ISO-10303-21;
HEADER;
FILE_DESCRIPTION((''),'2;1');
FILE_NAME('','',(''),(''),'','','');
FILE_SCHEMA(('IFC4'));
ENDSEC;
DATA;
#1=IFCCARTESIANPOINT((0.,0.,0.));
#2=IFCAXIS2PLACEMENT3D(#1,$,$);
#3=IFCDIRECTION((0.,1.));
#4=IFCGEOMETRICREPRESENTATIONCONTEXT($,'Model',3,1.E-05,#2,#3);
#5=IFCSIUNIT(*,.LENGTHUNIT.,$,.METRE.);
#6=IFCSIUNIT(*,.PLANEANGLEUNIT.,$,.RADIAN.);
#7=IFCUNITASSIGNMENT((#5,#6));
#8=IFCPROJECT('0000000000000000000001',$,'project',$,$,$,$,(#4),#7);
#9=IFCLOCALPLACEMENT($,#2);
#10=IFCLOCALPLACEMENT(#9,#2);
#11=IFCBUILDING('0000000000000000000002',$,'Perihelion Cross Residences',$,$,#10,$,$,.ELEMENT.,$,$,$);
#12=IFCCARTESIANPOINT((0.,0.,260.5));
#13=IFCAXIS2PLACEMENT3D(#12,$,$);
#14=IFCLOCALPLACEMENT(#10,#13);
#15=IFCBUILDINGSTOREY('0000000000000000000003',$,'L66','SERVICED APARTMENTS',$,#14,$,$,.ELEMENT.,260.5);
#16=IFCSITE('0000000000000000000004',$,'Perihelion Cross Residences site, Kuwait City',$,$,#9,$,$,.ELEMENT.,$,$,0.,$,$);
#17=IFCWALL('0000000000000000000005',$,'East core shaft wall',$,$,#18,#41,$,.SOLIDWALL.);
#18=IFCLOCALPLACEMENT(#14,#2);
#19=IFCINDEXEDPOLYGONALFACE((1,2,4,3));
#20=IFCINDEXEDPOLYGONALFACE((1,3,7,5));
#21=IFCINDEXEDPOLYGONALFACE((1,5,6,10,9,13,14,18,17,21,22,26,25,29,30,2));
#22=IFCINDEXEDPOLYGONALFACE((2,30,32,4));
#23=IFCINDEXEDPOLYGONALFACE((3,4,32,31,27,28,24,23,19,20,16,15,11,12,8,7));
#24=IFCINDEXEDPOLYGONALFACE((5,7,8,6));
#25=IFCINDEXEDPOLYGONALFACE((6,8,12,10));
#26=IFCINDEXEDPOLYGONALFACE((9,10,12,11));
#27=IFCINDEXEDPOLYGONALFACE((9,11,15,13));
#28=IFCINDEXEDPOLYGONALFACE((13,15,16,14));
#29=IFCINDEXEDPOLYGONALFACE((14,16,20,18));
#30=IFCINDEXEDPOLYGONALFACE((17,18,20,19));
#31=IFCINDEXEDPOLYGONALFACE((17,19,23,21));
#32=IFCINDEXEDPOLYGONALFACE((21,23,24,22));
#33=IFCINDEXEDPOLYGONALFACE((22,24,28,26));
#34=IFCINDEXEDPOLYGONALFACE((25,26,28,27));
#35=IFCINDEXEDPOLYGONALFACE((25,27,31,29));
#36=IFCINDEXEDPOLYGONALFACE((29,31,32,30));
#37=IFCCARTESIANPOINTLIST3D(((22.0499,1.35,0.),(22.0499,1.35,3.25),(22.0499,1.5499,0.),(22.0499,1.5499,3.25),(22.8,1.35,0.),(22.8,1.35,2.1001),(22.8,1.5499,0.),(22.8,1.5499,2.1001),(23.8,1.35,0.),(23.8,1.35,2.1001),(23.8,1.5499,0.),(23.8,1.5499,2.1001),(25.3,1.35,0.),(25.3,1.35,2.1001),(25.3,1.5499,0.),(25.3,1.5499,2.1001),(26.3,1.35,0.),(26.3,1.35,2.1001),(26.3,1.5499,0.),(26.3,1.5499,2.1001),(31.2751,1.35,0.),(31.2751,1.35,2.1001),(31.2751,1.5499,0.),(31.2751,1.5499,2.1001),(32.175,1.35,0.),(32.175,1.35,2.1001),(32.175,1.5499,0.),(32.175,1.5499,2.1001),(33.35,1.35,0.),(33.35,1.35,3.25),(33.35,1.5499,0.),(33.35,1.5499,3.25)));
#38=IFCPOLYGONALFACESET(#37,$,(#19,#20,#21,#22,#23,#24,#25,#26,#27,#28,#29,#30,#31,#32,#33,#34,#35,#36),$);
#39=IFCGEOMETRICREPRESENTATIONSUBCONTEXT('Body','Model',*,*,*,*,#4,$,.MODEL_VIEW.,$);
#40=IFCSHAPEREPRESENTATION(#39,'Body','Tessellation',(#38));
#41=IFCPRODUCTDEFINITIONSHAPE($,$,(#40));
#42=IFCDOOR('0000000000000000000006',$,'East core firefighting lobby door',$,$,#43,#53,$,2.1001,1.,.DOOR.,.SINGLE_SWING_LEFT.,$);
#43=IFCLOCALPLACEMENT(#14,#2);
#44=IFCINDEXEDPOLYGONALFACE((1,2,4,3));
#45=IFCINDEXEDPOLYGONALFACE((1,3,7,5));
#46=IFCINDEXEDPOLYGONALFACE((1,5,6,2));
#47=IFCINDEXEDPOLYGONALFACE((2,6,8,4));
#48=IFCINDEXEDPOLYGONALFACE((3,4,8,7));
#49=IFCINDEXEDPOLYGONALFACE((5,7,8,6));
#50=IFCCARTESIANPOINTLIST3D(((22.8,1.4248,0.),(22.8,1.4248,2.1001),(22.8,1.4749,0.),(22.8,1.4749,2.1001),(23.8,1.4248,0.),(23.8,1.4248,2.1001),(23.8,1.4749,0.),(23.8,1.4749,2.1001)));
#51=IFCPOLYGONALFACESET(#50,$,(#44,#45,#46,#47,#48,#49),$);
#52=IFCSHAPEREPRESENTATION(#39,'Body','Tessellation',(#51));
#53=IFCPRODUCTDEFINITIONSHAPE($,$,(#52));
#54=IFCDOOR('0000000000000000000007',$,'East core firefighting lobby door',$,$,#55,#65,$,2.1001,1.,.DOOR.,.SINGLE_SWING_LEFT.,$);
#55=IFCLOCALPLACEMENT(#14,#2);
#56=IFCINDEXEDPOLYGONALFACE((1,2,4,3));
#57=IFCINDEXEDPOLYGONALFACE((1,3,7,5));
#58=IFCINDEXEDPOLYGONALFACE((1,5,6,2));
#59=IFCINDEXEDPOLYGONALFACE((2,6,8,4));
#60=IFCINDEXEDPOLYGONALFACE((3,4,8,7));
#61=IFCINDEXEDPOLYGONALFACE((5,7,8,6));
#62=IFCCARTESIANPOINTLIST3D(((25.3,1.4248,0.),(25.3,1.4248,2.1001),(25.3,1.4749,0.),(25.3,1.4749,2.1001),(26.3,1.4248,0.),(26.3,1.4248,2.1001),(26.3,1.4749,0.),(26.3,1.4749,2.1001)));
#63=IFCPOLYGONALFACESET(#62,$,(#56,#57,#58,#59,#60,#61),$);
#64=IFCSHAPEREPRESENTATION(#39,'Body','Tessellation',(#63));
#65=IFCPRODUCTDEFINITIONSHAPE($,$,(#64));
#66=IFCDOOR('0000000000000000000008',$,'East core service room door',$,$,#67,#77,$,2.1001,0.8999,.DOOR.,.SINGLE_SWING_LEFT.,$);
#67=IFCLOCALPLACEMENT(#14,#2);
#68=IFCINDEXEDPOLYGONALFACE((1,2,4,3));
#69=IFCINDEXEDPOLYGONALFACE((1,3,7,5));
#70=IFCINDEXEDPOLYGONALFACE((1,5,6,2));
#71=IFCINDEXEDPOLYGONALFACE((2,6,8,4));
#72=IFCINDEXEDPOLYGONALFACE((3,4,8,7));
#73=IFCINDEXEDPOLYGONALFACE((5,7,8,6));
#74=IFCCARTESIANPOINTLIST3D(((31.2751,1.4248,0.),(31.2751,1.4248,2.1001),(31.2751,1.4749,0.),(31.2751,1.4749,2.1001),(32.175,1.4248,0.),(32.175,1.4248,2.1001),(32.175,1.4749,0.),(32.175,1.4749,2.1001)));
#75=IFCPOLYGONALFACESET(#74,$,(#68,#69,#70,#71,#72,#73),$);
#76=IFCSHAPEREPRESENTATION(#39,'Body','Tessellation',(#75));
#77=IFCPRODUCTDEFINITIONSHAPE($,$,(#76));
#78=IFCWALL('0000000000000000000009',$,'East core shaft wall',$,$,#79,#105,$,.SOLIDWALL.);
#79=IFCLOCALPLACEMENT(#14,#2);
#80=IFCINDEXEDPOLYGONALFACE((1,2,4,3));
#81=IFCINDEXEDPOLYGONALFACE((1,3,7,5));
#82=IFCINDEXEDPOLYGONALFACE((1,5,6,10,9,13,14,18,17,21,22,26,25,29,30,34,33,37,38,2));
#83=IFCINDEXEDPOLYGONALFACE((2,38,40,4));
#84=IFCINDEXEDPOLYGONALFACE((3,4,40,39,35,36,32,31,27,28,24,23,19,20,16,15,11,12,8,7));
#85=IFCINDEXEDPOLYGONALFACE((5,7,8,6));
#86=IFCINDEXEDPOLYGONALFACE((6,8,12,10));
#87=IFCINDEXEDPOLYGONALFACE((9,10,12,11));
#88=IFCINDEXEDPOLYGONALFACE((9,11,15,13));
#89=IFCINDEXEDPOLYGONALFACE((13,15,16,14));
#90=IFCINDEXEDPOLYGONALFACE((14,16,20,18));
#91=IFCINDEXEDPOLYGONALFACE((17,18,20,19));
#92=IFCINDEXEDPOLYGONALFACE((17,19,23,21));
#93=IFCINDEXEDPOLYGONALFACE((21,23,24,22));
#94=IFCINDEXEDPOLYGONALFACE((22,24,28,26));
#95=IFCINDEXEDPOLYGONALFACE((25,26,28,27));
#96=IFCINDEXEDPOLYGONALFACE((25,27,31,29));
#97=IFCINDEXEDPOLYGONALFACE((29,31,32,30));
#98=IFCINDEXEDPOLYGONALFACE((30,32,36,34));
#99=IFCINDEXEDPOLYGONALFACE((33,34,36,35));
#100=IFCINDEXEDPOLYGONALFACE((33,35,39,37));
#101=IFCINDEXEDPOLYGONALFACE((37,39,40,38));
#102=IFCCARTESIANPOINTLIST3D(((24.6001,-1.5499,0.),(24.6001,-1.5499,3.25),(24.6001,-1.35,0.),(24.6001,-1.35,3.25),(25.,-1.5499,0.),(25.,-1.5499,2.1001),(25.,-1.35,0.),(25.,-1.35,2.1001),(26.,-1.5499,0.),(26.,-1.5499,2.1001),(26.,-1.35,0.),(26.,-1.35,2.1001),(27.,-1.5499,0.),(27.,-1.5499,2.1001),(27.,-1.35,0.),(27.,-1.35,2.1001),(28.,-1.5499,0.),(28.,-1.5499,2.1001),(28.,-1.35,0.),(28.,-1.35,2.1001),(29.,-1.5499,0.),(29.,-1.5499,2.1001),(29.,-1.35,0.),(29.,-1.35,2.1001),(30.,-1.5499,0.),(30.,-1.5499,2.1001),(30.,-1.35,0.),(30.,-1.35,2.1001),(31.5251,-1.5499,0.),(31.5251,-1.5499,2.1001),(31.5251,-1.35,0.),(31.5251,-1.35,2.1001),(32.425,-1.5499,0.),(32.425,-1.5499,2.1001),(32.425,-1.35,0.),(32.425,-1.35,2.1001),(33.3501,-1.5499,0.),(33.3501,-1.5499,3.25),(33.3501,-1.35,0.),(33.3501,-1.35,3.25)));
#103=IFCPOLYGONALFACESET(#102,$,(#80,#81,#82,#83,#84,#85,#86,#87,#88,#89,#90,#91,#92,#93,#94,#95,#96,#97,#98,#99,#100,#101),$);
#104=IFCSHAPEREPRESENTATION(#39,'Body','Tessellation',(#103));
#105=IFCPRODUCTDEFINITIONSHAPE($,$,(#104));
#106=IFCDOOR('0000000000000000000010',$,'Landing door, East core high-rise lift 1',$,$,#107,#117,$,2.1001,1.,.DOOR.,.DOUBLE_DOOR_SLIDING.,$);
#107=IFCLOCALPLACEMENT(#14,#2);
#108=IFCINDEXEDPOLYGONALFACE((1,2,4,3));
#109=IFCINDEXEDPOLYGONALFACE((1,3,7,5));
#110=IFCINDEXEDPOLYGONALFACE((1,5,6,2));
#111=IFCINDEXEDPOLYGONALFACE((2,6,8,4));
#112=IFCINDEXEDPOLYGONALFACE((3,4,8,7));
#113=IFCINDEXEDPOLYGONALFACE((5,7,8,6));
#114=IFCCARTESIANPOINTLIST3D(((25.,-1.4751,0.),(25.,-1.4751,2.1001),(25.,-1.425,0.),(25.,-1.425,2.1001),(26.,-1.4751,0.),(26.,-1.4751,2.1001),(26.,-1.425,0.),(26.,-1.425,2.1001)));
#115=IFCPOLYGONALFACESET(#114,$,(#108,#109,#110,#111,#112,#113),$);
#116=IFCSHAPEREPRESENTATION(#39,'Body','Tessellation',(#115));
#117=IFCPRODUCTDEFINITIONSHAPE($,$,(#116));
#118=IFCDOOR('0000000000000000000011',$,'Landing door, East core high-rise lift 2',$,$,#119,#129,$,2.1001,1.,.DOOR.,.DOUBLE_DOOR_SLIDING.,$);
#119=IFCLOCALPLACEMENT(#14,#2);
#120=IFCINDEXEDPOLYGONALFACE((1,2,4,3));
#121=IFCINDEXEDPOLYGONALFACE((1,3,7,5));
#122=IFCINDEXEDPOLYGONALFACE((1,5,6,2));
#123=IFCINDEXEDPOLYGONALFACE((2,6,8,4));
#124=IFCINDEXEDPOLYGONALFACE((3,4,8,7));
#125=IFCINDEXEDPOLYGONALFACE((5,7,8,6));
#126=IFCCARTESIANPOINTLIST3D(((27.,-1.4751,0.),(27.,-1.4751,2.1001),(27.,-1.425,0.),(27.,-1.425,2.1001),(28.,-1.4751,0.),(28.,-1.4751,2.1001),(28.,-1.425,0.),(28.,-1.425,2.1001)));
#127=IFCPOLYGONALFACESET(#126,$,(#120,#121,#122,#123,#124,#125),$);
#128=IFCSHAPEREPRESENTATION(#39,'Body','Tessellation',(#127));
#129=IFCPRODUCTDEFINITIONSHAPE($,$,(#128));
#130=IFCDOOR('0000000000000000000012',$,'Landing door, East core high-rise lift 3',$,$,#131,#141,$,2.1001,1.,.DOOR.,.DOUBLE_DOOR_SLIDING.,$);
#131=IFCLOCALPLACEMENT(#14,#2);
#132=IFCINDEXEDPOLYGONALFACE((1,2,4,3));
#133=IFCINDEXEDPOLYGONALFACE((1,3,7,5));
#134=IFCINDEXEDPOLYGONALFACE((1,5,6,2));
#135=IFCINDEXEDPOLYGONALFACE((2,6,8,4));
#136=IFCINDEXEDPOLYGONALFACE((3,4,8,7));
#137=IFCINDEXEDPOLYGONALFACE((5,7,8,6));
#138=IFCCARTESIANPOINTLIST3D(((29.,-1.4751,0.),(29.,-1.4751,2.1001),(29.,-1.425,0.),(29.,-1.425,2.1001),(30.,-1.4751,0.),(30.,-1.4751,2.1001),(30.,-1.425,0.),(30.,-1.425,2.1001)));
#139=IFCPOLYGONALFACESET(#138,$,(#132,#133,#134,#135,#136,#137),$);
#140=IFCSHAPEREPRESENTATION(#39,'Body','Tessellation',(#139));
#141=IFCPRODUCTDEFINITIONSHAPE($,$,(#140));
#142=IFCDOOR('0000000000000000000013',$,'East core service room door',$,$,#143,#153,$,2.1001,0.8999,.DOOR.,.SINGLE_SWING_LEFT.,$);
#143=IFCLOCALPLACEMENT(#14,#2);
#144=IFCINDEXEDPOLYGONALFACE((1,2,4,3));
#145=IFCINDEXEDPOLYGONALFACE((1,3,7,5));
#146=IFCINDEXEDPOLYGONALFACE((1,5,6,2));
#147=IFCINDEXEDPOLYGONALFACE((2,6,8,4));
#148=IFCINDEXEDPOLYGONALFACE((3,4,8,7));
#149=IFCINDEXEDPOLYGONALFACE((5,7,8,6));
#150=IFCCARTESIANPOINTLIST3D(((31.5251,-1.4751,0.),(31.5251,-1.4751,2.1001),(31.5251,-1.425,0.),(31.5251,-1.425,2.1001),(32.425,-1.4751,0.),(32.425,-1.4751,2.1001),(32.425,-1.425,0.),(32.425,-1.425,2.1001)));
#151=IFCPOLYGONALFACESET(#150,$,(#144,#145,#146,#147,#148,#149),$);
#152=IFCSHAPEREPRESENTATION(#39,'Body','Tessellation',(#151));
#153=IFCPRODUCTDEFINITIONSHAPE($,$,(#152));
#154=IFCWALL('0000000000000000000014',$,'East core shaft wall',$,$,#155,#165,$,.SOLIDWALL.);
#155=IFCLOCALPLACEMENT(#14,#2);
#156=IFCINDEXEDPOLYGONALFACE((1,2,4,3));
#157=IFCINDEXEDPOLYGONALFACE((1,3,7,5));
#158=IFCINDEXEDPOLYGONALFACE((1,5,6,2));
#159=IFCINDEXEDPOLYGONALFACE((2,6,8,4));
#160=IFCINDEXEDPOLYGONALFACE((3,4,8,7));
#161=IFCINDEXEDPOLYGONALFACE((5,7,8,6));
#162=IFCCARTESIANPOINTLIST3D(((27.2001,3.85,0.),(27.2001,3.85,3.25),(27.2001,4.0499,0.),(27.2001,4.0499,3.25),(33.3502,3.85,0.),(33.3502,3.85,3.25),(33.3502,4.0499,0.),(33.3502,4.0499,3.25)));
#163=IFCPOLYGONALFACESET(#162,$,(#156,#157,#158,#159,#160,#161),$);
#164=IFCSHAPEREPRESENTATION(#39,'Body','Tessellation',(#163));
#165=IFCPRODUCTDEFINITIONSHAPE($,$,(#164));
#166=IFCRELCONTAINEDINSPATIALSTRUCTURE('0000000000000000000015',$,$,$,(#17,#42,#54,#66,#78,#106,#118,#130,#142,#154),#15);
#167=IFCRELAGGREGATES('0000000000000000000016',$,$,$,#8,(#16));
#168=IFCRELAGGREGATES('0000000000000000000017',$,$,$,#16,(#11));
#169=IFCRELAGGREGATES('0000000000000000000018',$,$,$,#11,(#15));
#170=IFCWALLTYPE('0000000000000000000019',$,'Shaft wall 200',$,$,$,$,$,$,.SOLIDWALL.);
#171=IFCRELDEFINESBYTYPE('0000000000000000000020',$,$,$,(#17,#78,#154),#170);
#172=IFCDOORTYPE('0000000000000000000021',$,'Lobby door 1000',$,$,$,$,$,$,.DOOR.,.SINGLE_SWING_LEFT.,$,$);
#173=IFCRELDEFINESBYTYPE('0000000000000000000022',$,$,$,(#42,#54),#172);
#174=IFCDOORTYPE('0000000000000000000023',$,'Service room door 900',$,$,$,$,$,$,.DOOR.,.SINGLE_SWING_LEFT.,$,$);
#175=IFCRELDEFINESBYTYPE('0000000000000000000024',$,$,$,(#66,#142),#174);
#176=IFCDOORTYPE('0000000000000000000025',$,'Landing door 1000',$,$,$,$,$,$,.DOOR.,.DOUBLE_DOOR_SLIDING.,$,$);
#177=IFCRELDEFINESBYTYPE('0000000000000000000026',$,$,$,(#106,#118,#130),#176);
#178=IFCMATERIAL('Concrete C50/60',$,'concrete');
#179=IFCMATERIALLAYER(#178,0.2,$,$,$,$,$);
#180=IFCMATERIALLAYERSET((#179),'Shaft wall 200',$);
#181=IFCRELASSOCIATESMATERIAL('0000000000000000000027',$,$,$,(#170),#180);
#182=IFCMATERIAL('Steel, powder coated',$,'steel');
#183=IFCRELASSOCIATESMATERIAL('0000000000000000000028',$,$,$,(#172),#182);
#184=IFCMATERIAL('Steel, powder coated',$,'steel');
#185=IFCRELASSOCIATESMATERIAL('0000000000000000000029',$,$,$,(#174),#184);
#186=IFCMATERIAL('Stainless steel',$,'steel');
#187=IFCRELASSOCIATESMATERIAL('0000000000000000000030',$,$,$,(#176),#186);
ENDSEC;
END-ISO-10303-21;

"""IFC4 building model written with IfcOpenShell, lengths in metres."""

from ifc_helpers import new_model, si_unit, direction, frame, frame_2d, origin, place, context, subcontext, project, spatial, rectangle, extrude, material, layer, layer_set, type_object, element, fill, save


model = new_model("IFC4")

# Units and contexts
model_context = context("Model", 3, precision=1e-05, world=origin(), true_north=direction((0.0, 1.0)))
body_context = subcontext(model_context, "Body", "Model", "MODEL_VIEW")
ifc_project = project(units=[si_unit("LENGTHUNIT", "METRE"), si_unit("PLANEANGLEUNIT", "RADIAN")], contexts=[model_context])

# Site, building, storey
site_placement = place(None, origin())
site = spatial("IfcSite", under=ifc_project, at=site_placement, Name="Perihelion Cross Residences site, Kuwait City", CompositionType="ELEMENT", RefElevation=0.0)
building_placement = place(site_placement, origin())
building = spatial("IfcBuilding", under=site, at=building_placement, Name="Perihelion Cross Residences", CompositionType="ELEMENT")
storey_placement = place(building_placement, frame((0.0, 0.0, 260.5)))
storey = spatial("IfcBuildingStorey", under=building, at=storey_placement, Name="L66", Description="SERVICED APARTMENTS", CompositionType="ELEMENT", Elevation=260.5)

# Walls, openings, doors
ifc_material_1 = material(Name="Concrete C50/60", Category="concrete")
ifc_layer_1 = layer(ifc_material_1, 0.2)
ifc_layer_set_1 = layer_set([ifc_layer_1], Name="Shaft wall 200")
wall_type_1 = type_object("IfcWallType", Name="Shaft wall 200", PredefinedType="SOLIDWALL", material=ifc_layer_set_1)
wall_1_placement = place(storey_placement, frame((22.05, 1.45, 0.0), z_axis=(0.0, 0.0, 1.0), x_axis=(1.0, 0.0, 0.0)))
wall_1 = element("IfcWall", 1, at=wall_1_placement, inside=storey, type_object=wall_type_1, Name="East core shaft wall", PredefinedType="SOLIDWALL", context=body_context, shape_type="SweptSolid", body=[
    extrude(rectangle(XDim=11.3, YDim=0.2, at=frame_2d((5.6499, 0.0))), origin(), (0.0, 0.0, 1.0), 3.25),
])
opening_1_placement = place(wall_1_placement, frame((0.75, 0.0, 0.0)))
opening_1 = element("IfcOpeningElement", 2, at=opening_1_placement, cuts=wall_1, PredefinedType="OPENING", context=body_context, shape_type="SweptSolid", body=[
    extrude(rectangle(XDim=1.0, YDim=2.1001, at=frame_2d((0.5, 1.05))), frame((0.0, 0.1099, 0.0), z_axis=(0.0, -1.0, 0.0), x_axis=(1.0, 0.0, 0.0)), (0.0, 0.0, 1.0), 0.22),
])
opening_2_placement = place(wall_1_placement, frame((3.25, 0.0, 0.0)))
opening_2 = element("IfcOpeningElement", 3, at=opening_2_placement, cuts=wall_1, PredefinedType="OPENING", context=body_context, shape_type="SweptSolid", body=[
    extrude(rectangle(XDim=1.0, YDim=2.1001, at=frame_2d((0.5, 1.05))), frame((0.0, 0.1099, 0.0), z_axis=(0.0, -1.0, 0.0), x_axis=(1.0, 0.0, 0.0)), (0.0, 0.0, 1.0), 0.22),
])
opening_3_placement = place(wall_1_placement, frame((9.2251, 0.0, 0.0)))
opening_3 = element("IfcOpeningElement", 4, at=opening_3_placement, cuts=wall_1, PredefinedType="OPENING", context=body_context, shape_type="SweptSolid", body=[
    extrude(rectangle(XDim=0.8999, YDim=2.1001, at=frame_2d((0.45, 1.05))), frame((0.0, 0.1099, 0.0), z_axis=(0.0, -1.0, 0.0), x_axis=(1.0, 0.0, 0.0)), (0.0, 0.0, 1.0), 0.22),
])
ifc_material_2 = material(Name="Steel, powder coated", Category="steel")
door_type_1 = type_object("IfcDoorType", Name="Lobby door 1000", OperationType="SINGLE_SWING_LEFT", PredefinedType="DOOR", material=ifc_material_2)
door_1_placement = place(opening_1_placement, origin())
door_1 = element("IfcDoor", 5, at=door_1_placement, inside=storey, type_object=door_type_1, Name="East core firefighting lobby door", OperationType="SINGLE_SWING_LEFT", OverallHeight=2.1001, OverallWidth=1.0, PredefinedType="DOOR", context=body_context, shape_type="SweptSolid", body=[
    extrude(rectangle(XDim=1.0, YDim=2.1001, at=frame_2d((0.5, 1.05))), frame((0.0, 0.0249, 0.0), z_axis=(0.0, -1.0, 0.0), x_axis=(1.0, 0.0, 0.0)), (0.0, 0.0, 1.0), 0.05),
])
fill(opening_1, door_1)
door_2_placement = place(opening_2_placement, origin())
door_2 = element("IfcDoor", 6, at=door_2_placement, inside=storey, type_object=door_type_1, Name="East core firefighting lobby door", OperationType="SINGLE_SWING_LEFT", OverallHeight=2.1001, OverallWidth=1.0, PredefinedType="DOOR", context=body_context, shape_type="SweptSolid", body=[
    extrude(rectangle(XDim=1.0, YDim=2.1001, at=frame_2d((0.5, 1.05))), frame((0.0, 0.0249, 0.0), z_axis=(0.0, -1.0, 0.0), x_axis=(1.0, 0.0, 0.0)), (0.0, 0.0, 1.0), 0.05),
])
fill(opening_2, door_2)
ifc_material_3 = material(Name="Steel, powder coated", Category="steel")
door_type_2 = type_object("IfcDoorType", Name="Service room door 900", OperationType="SINGLE_SWING_LEFT", PredefinedType="DOOR", material=ifc_material_3)
door_3_placement = place(opening_3_placement, origin())
door_3 = element("IfcDoor", 7, at=door_3_placement, inside=storey, type_object=door_type_2, Name="East core service room door", OperationType="SINGLE_SWING_LEFT", OverallHeight=2.1001, OverallWidth=0.8999, PredefinedType="DOOR", context=body_context, shape_type="SweptSolid", body=[
    extrude(rectangle(XDim=0.8999, YDim=2.1001, at=frame_2d((0.45, 1.05))), frame((0.0, 0.0249, 0.0), z_axis=(0.0, -1.0, 0.0), x_axis=(1.0, 0.0, 0.0)), (0.0, 0.0, 1.0), 0.05),
])
fill(opening_3, door_3)
wall_2_placement = place(storey_placement, frame((24.6001, -1.45, 0.0), z_axis=(0.0, 0.0, 1.0), x_axis=(1.0, 0.0, 0.0)))
wall_2 = element("IfcWall", 8, at=wall_2_placement, inside=storey, type_object=wall_type_1, Name="East core shaft wall", PredefinedType="SOLIDWALL", context=body_context, shape_type="SweptSolid", body=[
    extrude(rectangle(XDim=8.75, YDim=0.2, at=frame_2d((4.375, 0.0))), origin(), (0.0, 0.0, 1.0), 3.25),
])
opening_4_placement = place(wall_2_placement, frame((0.3999, 0.0, 0.0)))
opening_4 = element("IfcOpeningElement", 9, at=opening_4_placement, cuts=wall_2, PredefinedType="OPENING", context=body_context, shape_type="SweptSolid", body=[
    extrude(rectangle(XDim=1.0, YDim=2.1001, at=frame_2d((0.5, 1.05))), frame((0.0, 0.1099, 0.0), z_axis=(0.0, -1.0, 0.0), x_axis=(1.0, 0.0, 0.0)), (0.0, 0.0, 1.0), 0.22),
])
opening_5_placement = place(wall_2_placement, frame((2.3999, 0.0, 0.0)))
opening_5 = element("IfcOpeningElement", 10, at=opening_5_placement, cuts=wall_2, PredefinedType="OPENING", context=body_context, shape_type="SweptSolid", body=[
    extrude(rectangle(XDim=1.0, YDim=2.1001, at=frame_2d((0.5, 1.05))), frame((0.0, 0.1099, 0.0), z_axis=(0.0, -1.0, 0.0), x_axis=(1.0, 0.0, 0.0)), (0.0, 0.0, 1.0), 0.22),
])
opening_6_placement = place(wall_2_placement, frame((4.3999, 0.0, 0.0)))
opening_6 = element("IfcOpeningElement", 11, at=opening_6_placement, cuts=wall_2, PredefinedType="OPENING", context=body_context, shape_type="SweptSolid", body=[
    extrude(rectangle(XDim=1.0, YDim=2.1001, at=frame_2d((0.5, 1.05))), frame((0.0, 0.1099, 0.0), z_axis=(0.0, -1.0, 0.0), x_axis=(1.0, 0.0, 0.0)), (0.0, 0.0, 1.0), 0.22),
])
opening_7_placement = place(wall_2_placement, frame((6.925, 0.0, 0.0)))
opening_7 = element("IfcOpeningElement", 12, at=opening_7_placement, cuts=wall_2, PredefinedType="OPENING", context=body_context, shape_type="SweptSolid", body=[
    extrude(rectangle(XDim=0.8999, YDim=2.1001, at=frame_2d((0.45, 1.05))), frame((0.0, 0.1099, 0.0), z_axis=(0.0, -1.0, 0.0), x_axis=(1.0, 0.0, 0.0)), (0.0, 0.0, 1.0), 0.22),
])
ifc_material_4 = material(Name="Stainless steel", Category="steel")
door_type_3 = type_object("IfcDoorType", Name="Landing door 1000", OperationType="DOUBLE_DOOR_SLIDING", PredefinedType="DOOR", material=ifc_material_4)
door_4_placement = place(opening_4_placement, origin())
door_4 = element("IfcDoor", 13, at=door_4_placement, inside=storey, type_object=door_type_3, Name="Landing door, East core high-rise lift 1", OperationType="DOUBLE_DOOR_SLIDING", OverallHeight=2.1001, OverallWidth=1.0, PredefinedType="DOOR", context=body_context, shape_type="SweptSolid", body=[
    extrude(rectangle(XDim=1.0, YDim=2.1001, at=frame_2d((0.5, 1.05))), frame((0.0, 0.0249, 0.0), z_axis=(0.0, -1.0, 0.0), x_axis=(1.0, 0.0, 0.0)), (0.0, 0.0, 1.0), 0.05),
])
fill(opening_4, door_4)
door_5_placement = place(opening_5_placement, origin())
door_5 = element("IfcDoor", 14, at=door_5_placement, inside=storey, type_object=door_type_3, Name="Landing door, East core high-rise lift 2", OperationType="DOUBLE_DOOR_SLIDING", OverallHeight=2.1001, OverallWidth=1.0, PredefinedType="DOOR", context=body_context, shape_type="SweptSolid", body=[
    extrude(rectangle(XDim=1.0, YDim=2.1001, at=frame_2d((0.5, 1.05))), frame((0.0, 0.0249, 0.0), z_axis=(0.0, -1.0, 0.0), x_axis=(1.0, 0.0, 0.0)), (0.0, 0.0, 1.0), 0.05),
])
fill(opening_5, door_5)
door_6_placement = place(opening_6_placement, origin())
door_6 = element("IfcDoor", 15, at=door_6_placement, inside=storey, type_object=door_type_3, Name="Landing door, East core high-rise lift 3", OperationType="DOUBLE_DOOR_SLIDING", OverallHeight=2.1001, OverallWidth=1.0, PredefinedType="DOOR", context=body_context, shape_type="SweptSolid", body=[
    extrude(rectangle(XDim=1.0, YDim=2.1001, at=frame_2d((0.5, 1.05))), frame((0.0, 0.0249, 0.0), z_axis=(0.0, -1.0, 0.0), x_axis=(1.0, 0.0, 0.0)), (0.0, 0.0, 1.0), 0.05),
])
fill(opening_6, door_6)
door_7_placement = place(opening_7_placement, origin())
door_7 = element("IfcDoor", 16, at=door_7_placement, inside=storey, type_object=door_type_2, Name="East core service room door", OperationType="SINGLE_SWING_LEFT", OverallHeight=2.1001, OverallWidth=0.8999, PredefinedType="DOOR", context=body_context, shape_type="SweptSolid", body=[
    extrude(rectangle(XDim=0.8999, YDim=2.1001, at=frame_2d((0.45, 1.05))), frame((0.0, 0.0249, 0.0), z_axis=(0.0, -1.0, 0.0), x_axis=(1.0, 0.0, 0.0)), (0.0, 0.0, 1.0), 0.05),
])
fill(opening_7, door_7)

# Wall
wall_3_placement = place(storey_placement, frame((27.2, 3.95, 0.0), z_axis=(0.0, 0.0, 1.0), x_axis=(1.0, 0.0, 0.0)))
element("IfcWall", 17, at=wall_3_placement, inside=storey, type_object=wall_type_1, Name="East core shaft wall", PredefinedType="SOLIDWALL", context=body_context, shape_type="SweptSolid", body=[
    extrude(rectangle(XDim=6.1501, YDim=0.2, at=frame_2d((3.0752, 0.0))), origin(), (0.0, 0.0, 1.0), 3.25),
])

save(model, "model.ifc")
